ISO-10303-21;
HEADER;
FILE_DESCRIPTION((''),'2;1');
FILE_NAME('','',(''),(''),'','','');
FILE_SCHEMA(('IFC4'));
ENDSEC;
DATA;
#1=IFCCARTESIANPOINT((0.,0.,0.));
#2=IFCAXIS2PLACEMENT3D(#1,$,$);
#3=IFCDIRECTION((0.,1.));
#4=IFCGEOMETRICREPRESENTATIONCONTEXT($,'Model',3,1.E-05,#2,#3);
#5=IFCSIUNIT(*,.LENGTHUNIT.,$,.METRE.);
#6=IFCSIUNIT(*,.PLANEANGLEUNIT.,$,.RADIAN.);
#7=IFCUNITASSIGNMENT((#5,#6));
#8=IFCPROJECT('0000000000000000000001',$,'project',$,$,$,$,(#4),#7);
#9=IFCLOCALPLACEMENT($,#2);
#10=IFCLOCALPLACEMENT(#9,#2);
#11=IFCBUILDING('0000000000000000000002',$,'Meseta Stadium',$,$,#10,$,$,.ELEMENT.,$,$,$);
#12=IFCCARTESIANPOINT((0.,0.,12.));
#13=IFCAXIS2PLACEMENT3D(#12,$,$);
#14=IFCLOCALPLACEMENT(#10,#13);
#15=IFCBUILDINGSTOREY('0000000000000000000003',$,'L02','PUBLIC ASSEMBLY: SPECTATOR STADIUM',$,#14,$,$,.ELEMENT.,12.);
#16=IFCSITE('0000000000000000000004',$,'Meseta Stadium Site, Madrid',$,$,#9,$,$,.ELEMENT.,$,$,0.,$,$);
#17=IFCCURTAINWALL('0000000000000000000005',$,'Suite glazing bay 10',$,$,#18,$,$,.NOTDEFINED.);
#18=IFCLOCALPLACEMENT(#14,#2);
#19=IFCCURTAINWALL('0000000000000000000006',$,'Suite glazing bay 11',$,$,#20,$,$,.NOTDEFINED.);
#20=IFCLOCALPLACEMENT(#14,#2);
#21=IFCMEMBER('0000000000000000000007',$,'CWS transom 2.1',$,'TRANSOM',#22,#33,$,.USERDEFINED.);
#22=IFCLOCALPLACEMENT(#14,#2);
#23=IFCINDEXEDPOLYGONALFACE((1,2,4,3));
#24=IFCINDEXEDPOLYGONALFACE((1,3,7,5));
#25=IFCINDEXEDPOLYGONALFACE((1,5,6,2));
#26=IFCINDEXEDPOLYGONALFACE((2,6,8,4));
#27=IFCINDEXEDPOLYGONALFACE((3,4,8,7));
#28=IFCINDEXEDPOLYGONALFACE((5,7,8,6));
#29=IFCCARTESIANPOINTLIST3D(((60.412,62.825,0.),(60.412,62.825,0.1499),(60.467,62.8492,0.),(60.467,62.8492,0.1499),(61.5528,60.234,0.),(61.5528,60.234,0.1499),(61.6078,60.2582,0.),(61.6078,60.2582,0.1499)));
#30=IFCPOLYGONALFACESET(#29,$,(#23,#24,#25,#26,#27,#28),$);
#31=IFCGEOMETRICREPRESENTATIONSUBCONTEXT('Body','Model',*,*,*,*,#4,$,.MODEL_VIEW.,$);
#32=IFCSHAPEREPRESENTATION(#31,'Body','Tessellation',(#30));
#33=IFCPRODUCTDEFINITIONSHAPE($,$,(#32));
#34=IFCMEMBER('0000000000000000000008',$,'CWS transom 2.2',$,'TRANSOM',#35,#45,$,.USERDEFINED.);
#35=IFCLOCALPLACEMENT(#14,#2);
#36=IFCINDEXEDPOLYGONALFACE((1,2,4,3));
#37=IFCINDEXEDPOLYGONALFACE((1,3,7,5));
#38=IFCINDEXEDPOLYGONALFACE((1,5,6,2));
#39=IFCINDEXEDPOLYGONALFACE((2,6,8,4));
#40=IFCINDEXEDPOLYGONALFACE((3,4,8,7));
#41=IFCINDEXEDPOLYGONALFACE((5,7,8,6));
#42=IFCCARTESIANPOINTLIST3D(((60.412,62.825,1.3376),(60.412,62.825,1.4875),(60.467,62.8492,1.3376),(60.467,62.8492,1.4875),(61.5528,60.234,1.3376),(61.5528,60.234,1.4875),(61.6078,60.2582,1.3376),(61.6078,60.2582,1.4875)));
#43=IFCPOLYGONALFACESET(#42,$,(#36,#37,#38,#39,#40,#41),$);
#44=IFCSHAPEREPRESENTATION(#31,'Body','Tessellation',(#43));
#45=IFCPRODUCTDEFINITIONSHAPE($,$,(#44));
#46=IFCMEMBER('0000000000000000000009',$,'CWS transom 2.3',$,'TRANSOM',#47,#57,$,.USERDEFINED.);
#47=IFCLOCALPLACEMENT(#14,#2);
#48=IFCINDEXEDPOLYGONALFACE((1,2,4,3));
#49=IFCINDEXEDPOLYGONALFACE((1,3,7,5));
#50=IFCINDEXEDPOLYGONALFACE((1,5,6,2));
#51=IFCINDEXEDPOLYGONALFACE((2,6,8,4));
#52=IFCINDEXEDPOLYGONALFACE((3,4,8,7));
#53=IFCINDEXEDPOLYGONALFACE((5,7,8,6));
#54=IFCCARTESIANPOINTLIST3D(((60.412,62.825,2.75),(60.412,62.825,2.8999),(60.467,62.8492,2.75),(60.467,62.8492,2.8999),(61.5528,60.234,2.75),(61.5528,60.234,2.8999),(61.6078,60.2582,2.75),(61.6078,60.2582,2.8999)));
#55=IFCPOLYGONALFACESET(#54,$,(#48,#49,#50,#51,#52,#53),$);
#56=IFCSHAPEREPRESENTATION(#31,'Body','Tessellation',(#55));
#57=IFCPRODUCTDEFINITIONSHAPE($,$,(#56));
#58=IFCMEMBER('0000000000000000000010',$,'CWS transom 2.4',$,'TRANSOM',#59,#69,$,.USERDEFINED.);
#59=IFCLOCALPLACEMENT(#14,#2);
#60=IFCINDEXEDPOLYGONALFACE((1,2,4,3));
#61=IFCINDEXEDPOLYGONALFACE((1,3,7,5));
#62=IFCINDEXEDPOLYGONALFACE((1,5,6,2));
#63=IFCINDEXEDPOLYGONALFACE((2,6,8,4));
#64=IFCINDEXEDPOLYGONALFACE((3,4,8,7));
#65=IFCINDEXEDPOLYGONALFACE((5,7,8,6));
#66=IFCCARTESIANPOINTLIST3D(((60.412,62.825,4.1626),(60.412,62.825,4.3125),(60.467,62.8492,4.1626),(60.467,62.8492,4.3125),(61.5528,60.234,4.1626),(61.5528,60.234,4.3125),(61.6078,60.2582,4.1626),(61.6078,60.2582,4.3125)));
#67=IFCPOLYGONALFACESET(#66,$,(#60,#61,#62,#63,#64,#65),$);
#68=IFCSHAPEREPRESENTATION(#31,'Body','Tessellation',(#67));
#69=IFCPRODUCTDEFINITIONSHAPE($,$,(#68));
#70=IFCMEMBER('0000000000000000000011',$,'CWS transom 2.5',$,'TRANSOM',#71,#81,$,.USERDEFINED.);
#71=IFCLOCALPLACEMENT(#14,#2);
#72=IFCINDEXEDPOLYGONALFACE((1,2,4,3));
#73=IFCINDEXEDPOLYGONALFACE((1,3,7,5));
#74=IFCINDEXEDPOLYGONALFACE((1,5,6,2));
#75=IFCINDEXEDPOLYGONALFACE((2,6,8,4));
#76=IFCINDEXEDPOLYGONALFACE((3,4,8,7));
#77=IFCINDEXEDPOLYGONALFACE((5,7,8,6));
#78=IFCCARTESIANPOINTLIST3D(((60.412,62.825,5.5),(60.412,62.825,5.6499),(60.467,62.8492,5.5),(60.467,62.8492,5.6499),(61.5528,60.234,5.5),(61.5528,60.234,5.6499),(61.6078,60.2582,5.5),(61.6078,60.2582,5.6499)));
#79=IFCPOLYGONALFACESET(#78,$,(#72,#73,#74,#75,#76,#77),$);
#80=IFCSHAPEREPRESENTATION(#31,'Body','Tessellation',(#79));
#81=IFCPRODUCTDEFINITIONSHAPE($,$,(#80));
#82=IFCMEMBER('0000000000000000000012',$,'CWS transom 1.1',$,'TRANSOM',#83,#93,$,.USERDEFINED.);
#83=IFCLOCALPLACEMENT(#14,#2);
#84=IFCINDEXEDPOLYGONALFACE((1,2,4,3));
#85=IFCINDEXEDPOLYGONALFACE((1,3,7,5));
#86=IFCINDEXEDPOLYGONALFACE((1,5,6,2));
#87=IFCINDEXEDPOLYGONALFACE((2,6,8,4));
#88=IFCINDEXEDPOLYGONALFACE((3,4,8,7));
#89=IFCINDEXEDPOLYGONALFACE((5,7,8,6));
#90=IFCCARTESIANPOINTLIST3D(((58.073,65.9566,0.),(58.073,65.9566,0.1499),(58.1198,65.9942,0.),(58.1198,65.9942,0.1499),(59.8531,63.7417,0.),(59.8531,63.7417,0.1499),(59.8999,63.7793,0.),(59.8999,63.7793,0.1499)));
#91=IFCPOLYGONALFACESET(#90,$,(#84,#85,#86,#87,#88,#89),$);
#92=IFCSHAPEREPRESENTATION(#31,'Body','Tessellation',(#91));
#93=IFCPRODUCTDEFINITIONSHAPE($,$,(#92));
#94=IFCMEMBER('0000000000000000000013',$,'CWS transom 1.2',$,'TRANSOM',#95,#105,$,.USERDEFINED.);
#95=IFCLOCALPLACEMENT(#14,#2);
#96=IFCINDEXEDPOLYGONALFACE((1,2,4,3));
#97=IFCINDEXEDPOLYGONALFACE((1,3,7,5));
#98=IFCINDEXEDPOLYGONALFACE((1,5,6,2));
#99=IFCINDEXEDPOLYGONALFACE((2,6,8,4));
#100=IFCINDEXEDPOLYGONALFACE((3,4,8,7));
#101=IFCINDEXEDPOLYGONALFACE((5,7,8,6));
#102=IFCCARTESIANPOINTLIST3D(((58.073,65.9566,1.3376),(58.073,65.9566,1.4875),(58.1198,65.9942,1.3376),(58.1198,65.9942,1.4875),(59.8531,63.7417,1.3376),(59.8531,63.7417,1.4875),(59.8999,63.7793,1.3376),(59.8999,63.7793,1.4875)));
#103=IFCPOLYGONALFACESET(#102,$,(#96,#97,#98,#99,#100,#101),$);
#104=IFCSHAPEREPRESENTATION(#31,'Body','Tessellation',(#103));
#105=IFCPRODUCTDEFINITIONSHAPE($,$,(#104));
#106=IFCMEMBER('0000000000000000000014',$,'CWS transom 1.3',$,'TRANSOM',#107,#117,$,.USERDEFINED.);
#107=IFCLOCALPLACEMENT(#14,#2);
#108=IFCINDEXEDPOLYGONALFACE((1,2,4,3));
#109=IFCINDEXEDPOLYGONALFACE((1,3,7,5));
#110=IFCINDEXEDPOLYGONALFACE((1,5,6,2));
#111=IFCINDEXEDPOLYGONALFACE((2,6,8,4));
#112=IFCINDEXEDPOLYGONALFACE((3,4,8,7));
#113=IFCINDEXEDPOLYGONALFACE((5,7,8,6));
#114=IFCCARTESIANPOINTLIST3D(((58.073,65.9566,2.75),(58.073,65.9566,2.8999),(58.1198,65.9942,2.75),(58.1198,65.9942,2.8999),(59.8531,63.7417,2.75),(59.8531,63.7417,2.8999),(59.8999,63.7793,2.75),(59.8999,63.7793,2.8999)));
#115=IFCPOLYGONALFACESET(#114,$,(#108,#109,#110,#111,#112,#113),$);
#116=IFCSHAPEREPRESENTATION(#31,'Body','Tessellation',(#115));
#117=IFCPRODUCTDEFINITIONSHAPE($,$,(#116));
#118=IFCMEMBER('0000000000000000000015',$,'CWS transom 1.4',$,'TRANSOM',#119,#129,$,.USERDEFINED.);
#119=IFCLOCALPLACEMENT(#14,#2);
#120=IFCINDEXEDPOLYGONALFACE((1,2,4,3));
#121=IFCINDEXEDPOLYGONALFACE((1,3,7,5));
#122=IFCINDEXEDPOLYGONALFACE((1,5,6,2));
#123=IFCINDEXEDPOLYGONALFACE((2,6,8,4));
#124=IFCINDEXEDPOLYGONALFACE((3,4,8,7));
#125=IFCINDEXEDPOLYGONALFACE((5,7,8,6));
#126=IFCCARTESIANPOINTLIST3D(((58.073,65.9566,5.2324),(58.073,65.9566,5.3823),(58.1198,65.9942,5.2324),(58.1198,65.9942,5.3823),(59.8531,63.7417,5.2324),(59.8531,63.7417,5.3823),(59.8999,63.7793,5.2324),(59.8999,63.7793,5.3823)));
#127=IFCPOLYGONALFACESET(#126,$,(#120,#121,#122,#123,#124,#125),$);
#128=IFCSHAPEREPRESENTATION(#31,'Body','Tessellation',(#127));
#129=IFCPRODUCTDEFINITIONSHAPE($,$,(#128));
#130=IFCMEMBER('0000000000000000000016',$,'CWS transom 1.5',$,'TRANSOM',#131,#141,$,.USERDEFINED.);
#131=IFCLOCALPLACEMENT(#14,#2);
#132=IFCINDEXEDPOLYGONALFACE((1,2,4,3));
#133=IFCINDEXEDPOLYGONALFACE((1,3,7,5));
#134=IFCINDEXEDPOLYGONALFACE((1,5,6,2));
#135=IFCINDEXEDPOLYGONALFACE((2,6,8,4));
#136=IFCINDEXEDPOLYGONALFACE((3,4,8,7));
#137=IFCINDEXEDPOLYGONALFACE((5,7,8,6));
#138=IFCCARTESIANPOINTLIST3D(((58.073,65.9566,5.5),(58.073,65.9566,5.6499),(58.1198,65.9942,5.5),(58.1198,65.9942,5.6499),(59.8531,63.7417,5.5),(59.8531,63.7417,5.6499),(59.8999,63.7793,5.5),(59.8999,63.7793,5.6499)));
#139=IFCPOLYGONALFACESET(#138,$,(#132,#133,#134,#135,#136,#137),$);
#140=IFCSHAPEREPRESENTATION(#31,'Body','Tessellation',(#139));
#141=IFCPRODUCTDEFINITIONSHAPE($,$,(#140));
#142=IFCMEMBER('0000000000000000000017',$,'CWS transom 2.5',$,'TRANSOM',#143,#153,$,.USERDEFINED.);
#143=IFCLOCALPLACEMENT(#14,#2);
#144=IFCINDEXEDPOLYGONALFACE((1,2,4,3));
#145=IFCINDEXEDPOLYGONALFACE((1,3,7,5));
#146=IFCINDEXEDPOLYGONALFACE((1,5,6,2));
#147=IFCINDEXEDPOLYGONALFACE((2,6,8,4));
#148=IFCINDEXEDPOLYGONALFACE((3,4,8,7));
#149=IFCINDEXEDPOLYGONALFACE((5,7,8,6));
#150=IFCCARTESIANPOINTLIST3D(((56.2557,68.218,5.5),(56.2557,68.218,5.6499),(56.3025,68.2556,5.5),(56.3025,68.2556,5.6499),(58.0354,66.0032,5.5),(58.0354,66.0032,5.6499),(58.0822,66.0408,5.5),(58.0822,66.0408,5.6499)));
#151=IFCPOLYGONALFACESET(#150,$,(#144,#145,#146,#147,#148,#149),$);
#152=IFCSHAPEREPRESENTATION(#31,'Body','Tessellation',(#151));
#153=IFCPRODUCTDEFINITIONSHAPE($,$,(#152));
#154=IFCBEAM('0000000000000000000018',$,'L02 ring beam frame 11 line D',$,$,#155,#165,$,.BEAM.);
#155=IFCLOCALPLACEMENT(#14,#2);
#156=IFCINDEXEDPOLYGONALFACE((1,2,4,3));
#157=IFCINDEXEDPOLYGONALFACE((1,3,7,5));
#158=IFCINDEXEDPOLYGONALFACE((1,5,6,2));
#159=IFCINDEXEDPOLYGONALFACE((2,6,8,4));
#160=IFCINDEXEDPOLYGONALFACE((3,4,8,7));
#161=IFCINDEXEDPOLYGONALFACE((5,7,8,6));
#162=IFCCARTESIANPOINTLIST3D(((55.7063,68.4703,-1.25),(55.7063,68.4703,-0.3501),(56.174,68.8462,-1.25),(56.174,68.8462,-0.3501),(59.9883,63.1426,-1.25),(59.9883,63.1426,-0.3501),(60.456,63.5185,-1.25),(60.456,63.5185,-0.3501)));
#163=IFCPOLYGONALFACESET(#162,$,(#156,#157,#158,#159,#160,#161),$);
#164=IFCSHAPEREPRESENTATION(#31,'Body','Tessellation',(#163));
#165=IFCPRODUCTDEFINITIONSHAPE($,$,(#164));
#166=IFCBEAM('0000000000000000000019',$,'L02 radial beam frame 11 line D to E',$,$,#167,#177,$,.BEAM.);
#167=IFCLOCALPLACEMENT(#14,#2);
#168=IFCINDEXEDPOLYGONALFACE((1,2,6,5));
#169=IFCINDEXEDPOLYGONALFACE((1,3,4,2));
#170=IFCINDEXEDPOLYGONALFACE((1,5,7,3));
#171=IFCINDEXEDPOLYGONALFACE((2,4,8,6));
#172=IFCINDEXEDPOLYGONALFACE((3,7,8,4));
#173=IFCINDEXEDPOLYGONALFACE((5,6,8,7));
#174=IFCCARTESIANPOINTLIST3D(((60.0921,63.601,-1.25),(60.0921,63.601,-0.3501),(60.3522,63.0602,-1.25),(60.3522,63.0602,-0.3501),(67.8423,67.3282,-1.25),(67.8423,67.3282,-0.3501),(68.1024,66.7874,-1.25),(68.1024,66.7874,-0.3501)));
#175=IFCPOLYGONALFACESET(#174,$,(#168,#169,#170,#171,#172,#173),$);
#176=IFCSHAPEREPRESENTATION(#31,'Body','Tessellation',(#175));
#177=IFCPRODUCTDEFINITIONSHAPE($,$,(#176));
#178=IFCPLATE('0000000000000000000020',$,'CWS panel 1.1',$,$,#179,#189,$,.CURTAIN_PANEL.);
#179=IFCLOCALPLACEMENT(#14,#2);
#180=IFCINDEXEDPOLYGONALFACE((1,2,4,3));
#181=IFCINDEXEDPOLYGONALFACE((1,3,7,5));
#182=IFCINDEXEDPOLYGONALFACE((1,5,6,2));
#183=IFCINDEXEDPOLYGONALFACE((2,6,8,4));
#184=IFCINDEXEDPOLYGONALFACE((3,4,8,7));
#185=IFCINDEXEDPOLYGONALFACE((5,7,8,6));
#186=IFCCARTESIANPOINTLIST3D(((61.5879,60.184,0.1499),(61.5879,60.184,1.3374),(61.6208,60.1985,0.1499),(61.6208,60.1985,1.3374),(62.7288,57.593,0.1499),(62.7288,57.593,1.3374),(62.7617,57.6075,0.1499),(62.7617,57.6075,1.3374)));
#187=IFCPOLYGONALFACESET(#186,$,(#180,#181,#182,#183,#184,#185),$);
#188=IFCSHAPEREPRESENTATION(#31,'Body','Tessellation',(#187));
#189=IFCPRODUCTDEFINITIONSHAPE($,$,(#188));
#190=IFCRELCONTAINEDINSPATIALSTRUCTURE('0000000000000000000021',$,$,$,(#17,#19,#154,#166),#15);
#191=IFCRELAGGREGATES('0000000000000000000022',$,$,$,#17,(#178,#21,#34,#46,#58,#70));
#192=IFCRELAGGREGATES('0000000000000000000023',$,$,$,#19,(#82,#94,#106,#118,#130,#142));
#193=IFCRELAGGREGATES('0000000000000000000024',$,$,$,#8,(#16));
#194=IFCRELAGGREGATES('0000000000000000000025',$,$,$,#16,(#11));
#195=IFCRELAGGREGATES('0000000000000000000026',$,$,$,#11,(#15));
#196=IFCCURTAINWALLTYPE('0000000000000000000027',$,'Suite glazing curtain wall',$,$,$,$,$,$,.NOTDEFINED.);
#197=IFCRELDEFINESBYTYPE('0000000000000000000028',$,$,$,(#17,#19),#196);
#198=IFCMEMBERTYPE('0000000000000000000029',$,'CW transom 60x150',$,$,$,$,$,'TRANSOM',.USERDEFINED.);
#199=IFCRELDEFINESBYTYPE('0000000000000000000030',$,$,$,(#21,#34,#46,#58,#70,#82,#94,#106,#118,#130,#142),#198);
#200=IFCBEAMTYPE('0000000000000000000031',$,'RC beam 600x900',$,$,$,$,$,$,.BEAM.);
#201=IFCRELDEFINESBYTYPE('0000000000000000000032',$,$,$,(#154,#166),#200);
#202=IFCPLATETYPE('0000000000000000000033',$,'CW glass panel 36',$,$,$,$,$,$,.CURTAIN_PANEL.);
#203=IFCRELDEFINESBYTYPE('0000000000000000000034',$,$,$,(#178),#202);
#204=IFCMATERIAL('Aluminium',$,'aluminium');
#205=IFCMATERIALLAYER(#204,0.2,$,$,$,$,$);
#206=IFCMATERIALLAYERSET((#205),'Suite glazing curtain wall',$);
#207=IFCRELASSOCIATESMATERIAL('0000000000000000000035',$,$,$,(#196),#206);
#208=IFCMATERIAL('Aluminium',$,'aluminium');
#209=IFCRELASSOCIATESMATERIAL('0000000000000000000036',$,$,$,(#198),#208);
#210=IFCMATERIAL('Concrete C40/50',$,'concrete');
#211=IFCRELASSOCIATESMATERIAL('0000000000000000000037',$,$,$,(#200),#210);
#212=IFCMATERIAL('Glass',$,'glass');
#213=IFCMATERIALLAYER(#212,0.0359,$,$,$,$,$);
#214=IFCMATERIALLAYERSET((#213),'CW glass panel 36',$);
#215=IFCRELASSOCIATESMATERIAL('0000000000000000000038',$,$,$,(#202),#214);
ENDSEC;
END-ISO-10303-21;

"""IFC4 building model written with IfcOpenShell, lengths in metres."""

from ifc_helpers import new_model, si_unit, direction, frame, origin, origin_2d, place, context, subcontext, project, spatial, rectangle, extrude, material, layer, layer_set, material_profile, profile_set, type_object, element, aggregate, save


model = new_model("IFC4")

# Units and contexts
model_context = context("Model", 3, precision=1e-05, world=origin(), true_north=direction((0.0, 1.0)))
body_context = subcontext(model_context, "Body", "Model", "MODEL_VIEW")
ifc_project = project(units=[si_unit("LENGTHUNIT", "METRE"), si_unit("PLANEANGLEUNIT", "RADIAN")], contexts=[model_context])

# Site, building, storey
site_placement = place(None, origin())
site = spatial("IfcSite", under=ifc_project, at=site_placement, Name="Meseta Stadium Site, Madrid", CompositionType="ELEMENT", RefElevation=0.0)
building_placement = place(site_placement, origin())
building = spatial("IfcBuilding", under=site, at=building_placement, Name="Meseta Stadium", CompositionType="ELEMENT")
storey_placement = place(building_placement, frame((0.0, 0.0, 12.0)))
storey = spatial("IfcBuildingStorey", under=building, at=storey_placement, Name="L02", Description="PUBLIC ASSEMBLY: SPECTATOR STADIUM", CompositionType="ELEMENT", Elevation=12.0)

# Curtain walls
ifc_material_1 = material(Name="Aluminium", Category="aluminium")
ifc_layer_1 = layer(ifc_material_1, 0.2)
ifc_layer_set_1 = layer_set([ifc_layer_1], Name="Suite glazing curtain wall")
curtain_wall_type = type_object("IfcCurtainWallType", Name="Suite glazing curtain wall", PredefinedType="NOTDEFINED", material=ifc_layer_set_1)
curtain_wall_1_placement = place(storey_placement, origin())
curtain_wall_1 = element("IfcCurtainWall", 1, at=curtain_wall_1_placement, inside=storey, type_object=curtain_wall_type, Name="Suite glazing bay 10", PredefinedType="NOTDEFINED")
curtain_wall_2_placement = place(storey_placement, origin())
curtain_wall_2 = element("IfcCurtainWall", 2, at=curtain_wall_2_placement, inside=storey, type_object=curtain_wall_type, Name="Suite glazing bay 11", PredefinedType="NOTDEFINED")

# Members
ifc_material_2 = material(Name="Aluminium", Category="aluminium")
ifc_material_profile_1 = material_profile(ifc_material_2, rectangle(XDim=0.0601, YDim=0.1499, at=origin_2d()), Name="CW 60x150")
ifc_profile_set_1 = profile_set([ifc_material_profile_1], Name="Aluminium")
member_type_1 = type_object("IfcMemberType", Name="CW transom 60x150", ElementType="TRANSOM", PredefinedType="USERDEFINED", material=ifc_profile_set_1)
member_1_placement = place(storey_placement, frame((61.5803, 60.2461, 0.075), z_axis=(-0.402976, 0.915211, 0.0), x_axis=(-0.915211, -0.402976, 0.0)))
member_1 = element("IfcMember", 3, at=member_1_placement, type_object=member_type_1, Name="CWS transom 2.1", ObjectType="TRANSOM", PredefinedType="USERDEFINED", context=body_context, shape_type="SweptSolid", body=[
    extrude(rectangle(XDim=0.0601, YDim=0.1499, at=origin_2d()), origin(), (0.0, 0.0, 1.0), 2.8311),
])
member_2_placement = place(storey_placement, frame((61.5803, 60.2461, 1.4126), z_axis=(-0.402976, 0.915211, 0.0), x_axis=(-0.915211, -0.402976, 0.0)))
member_2 = element("IfcMember", 4, at=member_2_placement, type_object=member_type_1, Name="CWS transom 2.2", ObjectType="TRANSOM", PredefinedType="USERDEFINED", context=body_context, shape_type="SweptSolid", body=[
    extrude(rectangle(XDim=0.0601, YDim=0.1499, at=origin_2d()), origin(), (0.0, 0.0, 1.0), 2.8311),
])
member_3_placement = place(storey_placement, frame((61.5803, 60.2461, 2.825), z_axis=(-0.402976, 0.915211, 0.0), x_axis=(-0.915211, -0.402976, 0.0)))
member_3 = element("IfcMember", 5, at=member_3_placement, type_object=member_type_1, Name="CWS transom 2.3", ObjectType="TRANSOM", PredefinedType="USERDEFINED", context=body_context, shape_type="SweptSolid", body=[
    extrude(rectangle(XDim=0.0601, YDim=0.1499, at=origin_2d()), origin(), (0.0, 0.0, 1.0), 2.8311),
])
member_4_placement = place(storey_placement, frame((61.5803, 60.2461, 4.2375), z_axis=(-0.402976, 0.915211, 0.0), x_axis=(-0.915211, -0.402976, 0.0)))
member_4 = element("IfcMember", 6, at=member_4_placement, type_object=member_type_1, Name="CWS transom 2.4", ObjectType="TRANSOM", PredefinedType="USERDEFINED", context=body_context, shape_type="SweptSolid", body=[
    extrude(rectangle(XDim=0.0601, YDim=0.1499, at=origin_2d()), origin(), (0.0, 0.0, 1.0), 2.8311),
])
member_5_placement = place(storey_placement, frame((61.5803, 60.2461, 5.575), z_axis=(-0.402976, 0.915211, 0.0), x_axis=(-0.915211, -0.402976, 0.0)))
member_5 = element("IfcMember", 7, at=member_5_placement, type_object=member_type_1, Name="CWS transom 2.5", ObjectType="TRANSOM", PredefinedType="USERDEFINED", context=body_context, shape_type="SweptSolid", body=[
    extrude(rectangle(XDim=0.0601, YDim=0.1499, at=origin_2d()), origin(), (0.0, 0.0, 1.0), 2.8311),
])
member_6_placement = place(storey_placement, frame((59.8765, 63.7605, 0.075), z_axis=(-0.626443, 0.779467, 0.0), x_axis=(-0.779467, -0.626443, 0.0)))
member_6 = element("IfcMember", 8, at=member_6_placement, type_object=member_type_1, Name="CWS transom 1.1", ObjectType="TRANSOM", PredefinedType="USERDEFINED", context=body_context, shape_type="SweptSolid", body=[
    extrude(rectangle(XDim=0.0601, YDim=0.1499, at=origin_2d()), origin(), (0.0, 0.0, 1.0), 2.8416),
])
member_7_placement = place(storey_placement, frame((59.8765, 63.7605, 1.4126), z_axis=(-0.626443, 0.779467, 0.0), x_axis=(-0.779467, -0.626443, 0.0)))
member_7 = element("IfcMember", 9, at=member_7_placement, type_object=member_type_1, Name="CWS transom 1.2", ObjectType="TRANSOM", PredefinedType="USERDEFINED", context=body_context, shape_type="SweptSolid", body=[
    extrude(rectangle(XDim=0.0601, YDim=0.1499, at=origin_2d()), origin(), (0.0, 0.0, 1.0), 2.8416),
])
member_8_placement = place(storey_placement, frame((59.8765, 63.7605, 2.825), z_axis=(-0.626443, 0.779467, 0.0), x_axis=(-0.779467, -0.626443, 0.0)))
member_8 = element("IfcMember", 10, at=member_8_placement, type_object=member_type_1, Name="CWS transom 1.3", ObjectType="TRANSOM", PredefinedType="USERDEFINED", context=body_context, shape_type="SweptSolid", body=[
    extrude(rectangle(XDim=0.0601, YDim=0.1499, at=origin_2d()), origin(), (0.0, 0.0, 1.0), 2.8416),
])
member_9_placement = place(storey_placement, frame((59.8765, 63.7605, 5.3074), z_axis=(-0.626443, 0.779467, 0.0), x_axis=(-0.779467, -0.626443, 0.0)))
member_9 = element("IfcMember", 11, at=member_9_placement, type_object=member_type_1, Name="CWS transom 1.4", ObjectType="TRANSOM", PredefinedType="USERDEFINED", context=body_context, shape_type="SweptSolid", body=[
    extrude(rectangle(XDim=0.0601, YDim=0.1499, at=origin_2d()), origin(), (0.0, 0.0, 1.0), 2.8416),
])
member_10_placement = place(storey_placement, frame((59.8765, 63.7605, 5.575), z_axis=(-0.626443, 0.779467, 0.0), x_axis=(-0.779467, -0.626443, 0.0)))
member_10 = element("IfcMember", 12, at=member_10_placement, type_object=member_type_1, Name="CWS transom 1.5", ObjectType="TRANSOM", PredefinedType="USERDEFINED", context=body_context, shape_type="SweptSolid", body=[
    extrude(rectangle(XDim=0.0601, YDim=0.1499, at=origin_2d()), origin(), (0.0, 0.0, 1.0), 2.8416),
])
member_11_placement = place(storey_placement, frame((58.0588, 66.022, 5.575), z_axis=(-0.626391, 0.779509, 0.0), x_axis=(-0.779509, -0.626391, 0.0)))
member_11 = element("IfcMember", 13, at=member_11_placement, type_object=member_type_1, Name="CWS transom 2.5", ObjectType="TRANSOM", PredefinedType="USERDEFINED", context=body_context, shape_type="SweptSolid", body=[
    extrude(rectangle(XDim=0.0601, YDim=0.1499, at=origin_2d()), origin(), (0.0, 0.0, 1.0), 2.8413),
])

# Beams
ifc_material_3 = material(Name="Concrete C40/50", Category="concrete")
ifc_material_profile_2 = material_profile(ifc_material_3, rectangle(XDim=0.6001, YDim=0.8999, at=origin_2d()), Name="RC 600x900")
ifc_profile_set_2 = profile_set([ifc_material_profile_2], Name="Concrete C40/50")
beam_type = type_object("IfcBeamType", Name="RC beam 600x900", PredefinedType="BEAM", material=ifc_profile_set_2)
beam_1_placement = place(storey_placement, frame((60.2222, 63.3306, -0.8), z_axis=(-0.626466, 0.779449, 0.0), x_axis=(-0.779449, -0.626466, 0.0)))
element("IfcBeam", 14, at=beam_1_placement, inside=storey, type_object=beam_type, Name="L02 ring beam frame 11 line D", PredefinedType="BEAM", context=body_context, shape_type="SweptSolid", body=[
    extrude(rectangle(XDim=0.6001, YDim=0.8999, at=origin_2d()), origin(), (0.0, 0.0, 1.0), 6.8352),
])
beam_2_placement = place(storey_placement, frame((60.2222, 63.3306, -0.8), z_axis=(0.901197, 0.433409, 0.0), x_axis=(-0.433409, 0.901197, 0.0)))
element("IfcBeam", 15, at=beam_2_placement, inside=storey, type_object=beam_type, Name="L02 radial beam frame 11 line D to E", PredefinedType="BEAM", context=body_context, shape_type="SweptSolid", body=[
    extrude(rectangle(XDim=0.6001, YDim=0.8999, at=origin_2d()), origin(), (0.0, 0.0, 1.0), 8.5999),
])

# Plate
ifc_material_4 = material(Name="Glass", Category="glass")
ifc_layer_2 = layer(ifc_material_4, 0.0359)
ifc_layer_set_2 = layer_set([ifc_layer_2], Name="CW glass panel 36")
plate_type = type_object("IfcPlateType", Name="CW glass panel 36", PredefinedType="CURTAIN_PANEL", material=ifc_layer_set_2)
plate_1_placement = place(storey_placement, frame((62.1748, 58.8958, 0.1499), z_axis=(0.0, 0.0, 1.0), x_axis=(-0.402983, 0.915207, 0.0)))
plate_1 = element("IfcPlate", 16, at=plate_1_placement, type_object=plate_type, Name="CWS panel 1.1", PredefinedType="CURTAIN_PANEL", context=body_context, shape_type="SweptSolid", body=[
    extrude(rectangle(XDim=2.8311, YDim=0.0359, at=origin_2d()), origin(), (0.0, 0.0, 1.0), 1.1875),
])
aggregate(curtain_wall_1, [plate_1, member_1, member_2, member_3, member_4, member_5])
aggregate(curtain_wall_2, [member_6, member_7, member_8, member_9, member_10, member_11])

save(model, "model.ifc")
